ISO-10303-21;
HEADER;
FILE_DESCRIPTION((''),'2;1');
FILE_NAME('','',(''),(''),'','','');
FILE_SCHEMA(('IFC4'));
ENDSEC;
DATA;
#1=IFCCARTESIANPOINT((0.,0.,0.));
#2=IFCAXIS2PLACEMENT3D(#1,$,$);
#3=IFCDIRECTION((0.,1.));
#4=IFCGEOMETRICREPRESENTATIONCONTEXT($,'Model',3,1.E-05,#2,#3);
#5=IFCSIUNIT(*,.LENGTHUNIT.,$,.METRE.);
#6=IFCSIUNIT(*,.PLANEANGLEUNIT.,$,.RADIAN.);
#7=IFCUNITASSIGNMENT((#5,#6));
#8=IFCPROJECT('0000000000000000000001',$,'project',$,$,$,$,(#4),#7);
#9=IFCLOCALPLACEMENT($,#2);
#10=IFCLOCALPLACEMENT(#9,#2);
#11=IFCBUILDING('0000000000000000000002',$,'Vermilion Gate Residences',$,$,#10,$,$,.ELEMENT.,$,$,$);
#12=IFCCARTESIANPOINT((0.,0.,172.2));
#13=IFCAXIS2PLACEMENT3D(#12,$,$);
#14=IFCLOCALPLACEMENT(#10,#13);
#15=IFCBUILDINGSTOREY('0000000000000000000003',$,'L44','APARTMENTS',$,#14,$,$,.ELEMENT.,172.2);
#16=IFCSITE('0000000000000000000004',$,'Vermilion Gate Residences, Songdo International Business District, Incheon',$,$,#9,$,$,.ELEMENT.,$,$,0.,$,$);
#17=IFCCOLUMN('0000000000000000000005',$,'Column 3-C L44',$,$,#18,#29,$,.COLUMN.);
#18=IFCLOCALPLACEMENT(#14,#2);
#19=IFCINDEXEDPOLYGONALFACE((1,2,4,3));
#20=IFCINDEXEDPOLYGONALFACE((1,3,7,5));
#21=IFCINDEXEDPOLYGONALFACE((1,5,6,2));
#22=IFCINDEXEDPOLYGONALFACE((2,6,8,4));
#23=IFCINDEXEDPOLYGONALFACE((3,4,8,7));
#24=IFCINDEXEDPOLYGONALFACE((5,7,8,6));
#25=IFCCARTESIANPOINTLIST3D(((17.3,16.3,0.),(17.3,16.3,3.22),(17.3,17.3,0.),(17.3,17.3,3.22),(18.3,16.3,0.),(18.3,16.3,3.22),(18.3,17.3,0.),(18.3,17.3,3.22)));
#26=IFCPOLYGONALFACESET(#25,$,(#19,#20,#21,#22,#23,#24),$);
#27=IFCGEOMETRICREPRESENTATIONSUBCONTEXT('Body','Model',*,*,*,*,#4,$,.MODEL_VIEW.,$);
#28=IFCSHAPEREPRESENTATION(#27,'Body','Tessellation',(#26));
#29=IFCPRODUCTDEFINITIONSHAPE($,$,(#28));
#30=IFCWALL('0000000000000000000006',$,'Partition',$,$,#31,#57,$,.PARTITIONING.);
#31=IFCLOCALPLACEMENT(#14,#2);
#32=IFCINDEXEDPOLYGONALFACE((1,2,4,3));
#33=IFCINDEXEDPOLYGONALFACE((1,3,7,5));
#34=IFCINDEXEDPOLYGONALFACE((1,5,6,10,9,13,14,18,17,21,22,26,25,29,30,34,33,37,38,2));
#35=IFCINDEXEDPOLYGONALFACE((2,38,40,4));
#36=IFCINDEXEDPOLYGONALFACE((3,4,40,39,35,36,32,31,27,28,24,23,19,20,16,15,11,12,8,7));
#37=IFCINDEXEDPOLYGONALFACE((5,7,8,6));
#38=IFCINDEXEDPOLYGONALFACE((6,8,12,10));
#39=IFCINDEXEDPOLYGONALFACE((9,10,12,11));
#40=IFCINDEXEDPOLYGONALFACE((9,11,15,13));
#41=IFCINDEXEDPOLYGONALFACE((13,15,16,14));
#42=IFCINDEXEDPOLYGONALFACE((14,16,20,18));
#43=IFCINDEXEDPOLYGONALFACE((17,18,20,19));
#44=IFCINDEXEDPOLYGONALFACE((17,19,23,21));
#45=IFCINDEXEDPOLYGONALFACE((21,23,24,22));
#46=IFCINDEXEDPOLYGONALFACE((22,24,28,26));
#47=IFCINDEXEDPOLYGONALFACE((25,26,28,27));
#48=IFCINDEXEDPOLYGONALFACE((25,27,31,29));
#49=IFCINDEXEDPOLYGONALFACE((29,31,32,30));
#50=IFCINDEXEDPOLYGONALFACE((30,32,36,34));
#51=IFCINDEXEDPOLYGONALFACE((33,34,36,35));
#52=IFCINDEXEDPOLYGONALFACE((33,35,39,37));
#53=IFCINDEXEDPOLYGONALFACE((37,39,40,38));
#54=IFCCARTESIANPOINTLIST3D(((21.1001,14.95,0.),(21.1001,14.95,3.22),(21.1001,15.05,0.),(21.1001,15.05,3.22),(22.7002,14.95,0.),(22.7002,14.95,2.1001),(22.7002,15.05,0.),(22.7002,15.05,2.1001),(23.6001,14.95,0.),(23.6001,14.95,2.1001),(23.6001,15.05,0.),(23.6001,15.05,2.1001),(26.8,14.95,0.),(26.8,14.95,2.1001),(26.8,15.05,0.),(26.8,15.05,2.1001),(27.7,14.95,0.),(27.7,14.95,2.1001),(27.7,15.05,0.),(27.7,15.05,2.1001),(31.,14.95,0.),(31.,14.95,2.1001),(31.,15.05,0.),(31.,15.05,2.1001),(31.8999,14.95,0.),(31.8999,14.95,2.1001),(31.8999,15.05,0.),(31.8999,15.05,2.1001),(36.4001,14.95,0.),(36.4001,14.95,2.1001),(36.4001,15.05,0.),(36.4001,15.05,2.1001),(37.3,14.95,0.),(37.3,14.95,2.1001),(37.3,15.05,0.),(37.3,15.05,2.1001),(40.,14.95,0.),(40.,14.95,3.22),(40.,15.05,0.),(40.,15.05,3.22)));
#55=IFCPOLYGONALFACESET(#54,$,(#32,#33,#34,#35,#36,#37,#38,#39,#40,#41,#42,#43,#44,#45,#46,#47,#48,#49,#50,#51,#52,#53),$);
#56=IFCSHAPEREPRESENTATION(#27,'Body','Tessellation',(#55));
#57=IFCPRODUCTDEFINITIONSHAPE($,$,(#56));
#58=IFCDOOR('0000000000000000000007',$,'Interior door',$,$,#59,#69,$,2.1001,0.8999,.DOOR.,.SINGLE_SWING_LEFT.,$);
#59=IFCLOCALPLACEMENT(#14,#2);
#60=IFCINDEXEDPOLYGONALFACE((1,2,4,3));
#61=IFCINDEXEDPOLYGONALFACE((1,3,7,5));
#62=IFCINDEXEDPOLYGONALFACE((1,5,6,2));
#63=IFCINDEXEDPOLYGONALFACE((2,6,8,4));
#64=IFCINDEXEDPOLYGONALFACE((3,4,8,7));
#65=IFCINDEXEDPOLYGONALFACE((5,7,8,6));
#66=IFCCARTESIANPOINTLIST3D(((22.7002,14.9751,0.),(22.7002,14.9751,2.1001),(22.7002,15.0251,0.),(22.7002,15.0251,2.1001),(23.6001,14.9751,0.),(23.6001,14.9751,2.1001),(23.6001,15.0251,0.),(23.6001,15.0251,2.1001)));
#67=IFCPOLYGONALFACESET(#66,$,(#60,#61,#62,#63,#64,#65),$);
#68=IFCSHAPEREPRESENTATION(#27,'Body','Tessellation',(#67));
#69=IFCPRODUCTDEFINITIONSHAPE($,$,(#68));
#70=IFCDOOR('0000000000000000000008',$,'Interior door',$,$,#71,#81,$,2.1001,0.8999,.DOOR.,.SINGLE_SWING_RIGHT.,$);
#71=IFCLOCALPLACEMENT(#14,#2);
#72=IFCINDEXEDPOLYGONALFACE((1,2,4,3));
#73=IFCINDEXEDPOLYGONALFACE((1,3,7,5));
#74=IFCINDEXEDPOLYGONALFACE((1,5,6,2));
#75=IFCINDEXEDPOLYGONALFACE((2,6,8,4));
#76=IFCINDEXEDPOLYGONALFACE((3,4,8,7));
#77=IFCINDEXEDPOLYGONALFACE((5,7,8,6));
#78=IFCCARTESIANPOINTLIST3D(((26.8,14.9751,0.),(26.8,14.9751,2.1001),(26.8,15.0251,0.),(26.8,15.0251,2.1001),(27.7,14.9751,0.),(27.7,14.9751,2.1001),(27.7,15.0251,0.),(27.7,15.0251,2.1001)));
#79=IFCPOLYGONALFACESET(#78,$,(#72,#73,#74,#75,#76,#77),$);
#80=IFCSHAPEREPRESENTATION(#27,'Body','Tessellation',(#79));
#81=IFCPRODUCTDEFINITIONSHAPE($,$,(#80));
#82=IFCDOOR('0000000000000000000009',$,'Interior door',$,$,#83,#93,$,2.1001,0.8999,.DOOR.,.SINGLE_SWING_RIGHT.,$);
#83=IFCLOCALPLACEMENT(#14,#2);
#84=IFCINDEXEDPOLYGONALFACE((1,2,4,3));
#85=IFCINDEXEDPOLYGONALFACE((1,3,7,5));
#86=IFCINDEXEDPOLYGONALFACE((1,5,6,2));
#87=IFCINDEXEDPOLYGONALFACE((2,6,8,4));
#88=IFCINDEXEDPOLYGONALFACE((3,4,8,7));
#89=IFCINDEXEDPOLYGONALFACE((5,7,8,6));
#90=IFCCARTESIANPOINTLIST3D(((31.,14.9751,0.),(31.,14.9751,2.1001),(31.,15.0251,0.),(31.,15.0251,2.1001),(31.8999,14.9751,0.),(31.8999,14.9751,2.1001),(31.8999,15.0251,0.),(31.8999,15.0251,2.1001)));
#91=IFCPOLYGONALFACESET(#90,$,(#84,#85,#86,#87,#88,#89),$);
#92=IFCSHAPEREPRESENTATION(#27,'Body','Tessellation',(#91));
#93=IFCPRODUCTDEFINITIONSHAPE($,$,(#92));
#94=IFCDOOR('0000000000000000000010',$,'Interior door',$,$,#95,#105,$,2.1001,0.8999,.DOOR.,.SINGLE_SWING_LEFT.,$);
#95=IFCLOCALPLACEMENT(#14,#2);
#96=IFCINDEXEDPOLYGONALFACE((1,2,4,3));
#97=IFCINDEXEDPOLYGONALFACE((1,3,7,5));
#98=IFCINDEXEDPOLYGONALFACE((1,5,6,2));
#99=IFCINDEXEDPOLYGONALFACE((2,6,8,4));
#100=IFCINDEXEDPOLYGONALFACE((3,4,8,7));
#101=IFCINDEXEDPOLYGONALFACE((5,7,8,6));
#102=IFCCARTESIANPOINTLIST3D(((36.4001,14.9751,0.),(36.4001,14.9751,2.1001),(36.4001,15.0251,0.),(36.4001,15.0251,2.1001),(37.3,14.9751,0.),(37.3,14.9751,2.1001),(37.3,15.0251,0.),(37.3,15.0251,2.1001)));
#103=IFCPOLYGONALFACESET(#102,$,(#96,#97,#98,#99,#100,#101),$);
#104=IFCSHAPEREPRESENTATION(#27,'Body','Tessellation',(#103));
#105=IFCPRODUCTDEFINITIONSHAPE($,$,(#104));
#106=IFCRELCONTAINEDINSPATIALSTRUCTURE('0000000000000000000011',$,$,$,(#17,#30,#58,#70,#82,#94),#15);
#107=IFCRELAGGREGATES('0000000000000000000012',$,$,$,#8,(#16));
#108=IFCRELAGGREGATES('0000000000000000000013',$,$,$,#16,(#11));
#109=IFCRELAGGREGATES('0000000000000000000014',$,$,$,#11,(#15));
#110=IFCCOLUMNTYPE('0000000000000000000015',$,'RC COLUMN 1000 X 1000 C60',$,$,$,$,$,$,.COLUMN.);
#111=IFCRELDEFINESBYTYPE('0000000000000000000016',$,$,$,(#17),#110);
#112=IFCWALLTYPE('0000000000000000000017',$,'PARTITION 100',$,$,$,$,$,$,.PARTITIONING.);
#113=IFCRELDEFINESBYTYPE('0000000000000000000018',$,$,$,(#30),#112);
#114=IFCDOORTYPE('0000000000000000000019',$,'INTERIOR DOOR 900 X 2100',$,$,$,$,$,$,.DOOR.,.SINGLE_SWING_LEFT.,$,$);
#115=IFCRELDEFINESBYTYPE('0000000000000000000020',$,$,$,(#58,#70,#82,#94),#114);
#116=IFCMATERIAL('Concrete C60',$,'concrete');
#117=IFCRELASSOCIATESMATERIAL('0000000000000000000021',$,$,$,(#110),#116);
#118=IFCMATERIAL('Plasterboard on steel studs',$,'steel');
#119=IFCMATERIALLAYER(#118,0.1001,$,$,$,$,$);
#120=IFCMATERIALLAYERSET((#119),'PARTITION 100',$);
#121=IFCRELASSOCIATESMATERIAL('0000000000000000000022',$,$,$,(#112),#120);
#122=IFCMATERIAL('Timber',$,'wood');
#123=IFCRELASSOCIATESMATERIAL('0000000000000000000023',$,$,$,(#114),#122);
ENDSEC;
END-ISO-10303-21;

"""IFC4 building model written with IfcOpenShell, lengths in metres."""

from ifc_helpers import new_model, si_unit, direction, frame, frame_2d, origin, origin_2d, place, context, subcontext, project, spatial, rectangle, extrude, material, layer, layer_set, material_profile, profile_set, type_object, element, fill, save


model = new_model("IFC4")

# Units and contexts
model_context = context("Model", 3, precision=1e-05, world=origin(), true_north=direction((0.0, 1.0)))
body_context = subcontext(model_context, "Body", "Model", "MODEL_VIEW")
ifc_project = project(units=[si_unit("LENGTHUNIT", "METRE"), si_unit("PLANEANGLEUNIT", "RADIAN")], contexts=[model_context])

# Site, building, storey
site_placement = place(None, origin())
site = spatial("IfcSite", under=ifc_project, at=site_placement, Name="Vermilion Gate Residences, Songdo International Business District, Incheon", CompositionType="ELEMENT", RefElevation=0.0)
building_placement = place(site_placement, origin())
building = spatial("IfcBuilding", under=site, at=building_placement, Name="Vermilion Gate Residences", CompositionType="ELEMENT")
storey_placement = place(building_placement, frame((0.0, 0.0, 172.2)))
storey = spatial("IfcBuildingStorey", under=building, at=storey_placement, Name="L44", Description="APARTMENTS", CompositionType="ELEMENT", Elevation=172.2)

# Column
ifc_material_1 = material(Name="Concrete C60", Category="concrete")
ifc_material_profile = material_profile(ifc_material_1, rectangle(XDim=1.0, YDim=1.0, at=origin_2d()), Name="RC-1000x1000")
ifc_profile_set = profile_set([ifc_material_profile], Name="Concrete C60")
column_type = type_object("IfcColumnType", Name="RC COLUMN 1000 X 1000 C60", PredefinedType="COLUMN", material=ifc_profile_set)
column_placement = place(storey_placement, frame((17.8, 16.8, 0.0), z_axis=(0.0, 0.0, 1.0), x_axis=(1.0, 0.0, 0.0)))
element("IfcColumn", 1, at=column_placement, inside=storey, type_object=column_type, Name="Column 3-C L44", PredefinedType="COLUMN", context=body_context, shape_type="SweptSolid", body=[
    extrude(rectangle(XDim=1.0, YDim=1.0, at=origin_2d()), origin(), (0.0, 0.0, 1.0), 3.22),
])

# Wall, openings, doors
ifc_material_2 = material(Name="Plasterboard on steel studs", Category="steel")
ifc_layer_1 = layer(ifc_material_2, 0.1001)
ifc_layer_set_1 = layer_set([ifc_layer_1], Name="PARTITION 100")
wall_type_1 = type_object("IfcWallType", Name="PARTITION 100", PredefinedType="PARTITIONING", material=ifc_layer_set_1)
wall_1_placement = place(storey_placement, frame((21.1001, 15.0, 0.0), z_axis=(0.0, 0.0, 1.0), x_axis=(1.0, 0.0, 0.0)))
wall_1 = element("IfcWall", 2, at=wall_1_placement, inside=storey, type_object=wall_type_1, Name="Partition", PredefinedType="PARTITIONING", context=body_context, shape_type="SweptSolid", body=[
    extrude(rectangle(XDim=18.8999, YDim=0.1001, at=frame_2d((9.45, 0.0))), origin(), (0.0, 0.0, 1.0), 3.22),
])
opening_1_placement = place(wall_1_placement, frame((1.6001, 0.0, 0.0)))
opening_1 = element("IfcOpeningElement", 3, at=opening_1_placement, cuts=wall_1, PredefinedType="OPENING", context=body_context, shape_type="SweptSolid", body=[
    extrude(rectangle(XDim=0.8999, YDim=2.1001, at=frame_2d((0.45, 1.05))), frame((0.0, 0.0601, 0.0), z_axis=(0.0, -1.0, 0.0), x_axis=(1.0, 0.0, 0.0)), (0.0, 0.0, 1.0), 0.1201),
])
opening_2_placement = place(wall_1_placement, frame((5.7, 0.0, 0.0)))
opening_2 = element("IfcOpeningElement", 4, at=opening_2_placement, cuts=wall_1, PredefinedType="OPENING", context=body_context, shape_type="SweptSolid", body=[
    extrude(rectangle(XDim=0.8999, YDim=2.1001, at=frame_2d((0.45, 1.05))), frame((0.0, 0.0601, 0.0), z_axis=(0.0, -1.0, 0.0), x_axis=(1.0, 0.0, 0.0)), (0.0, 0.0, 1.0), 0.1201),
])
opening_3_placement = place(wall_1_placement, frame((9.8999, 0.0, 0.0)))
opening_3 = element("IfcOpeningElement", 5, at=opening_3_placement, cuts=wall_1, PredefinedType="OPENING", context=body_context, shape_type="SweptSolid", body=[
    extrude(rectangle(XDim=0.8999, YDim=2.1001, at=frame_2d((0.45, 1.05))), frame((0.0, 0.0601, 0.0), z_axis=(0.0, -1.0, 0.0), x_axis=(1.0, 0.0, 0.0)), (0.0, 0.0, 1.0), 0.1201),
])
opening_4_placement = place(wall_1_placement, frame((15.3, 0.0, 0.0)))
opening_4 = element("IfcOpeningElement", 6, at=opening_4_placement, cuts=wall_1, PredefinedType="OPENING", context=body_context, shape_type="SweptSolid", body=[
    extrude(rectangle(XDim=0.8999, YDim=2.1001, at=frame_2d((0.45, 1.05))), frame((0.0, 0.0601, 0.0), z_axis=(0.0, -1.0, 0.0), x_axis=(1.0, 0.0, 0.0)), (0.0, 0.0, 1.0), 0.1201),
])
ifc_material_3 = material(Name="Timber", Category="wood")
door_type_1 = type_object("IfcDoorType", Name="INTERIOR DOOR 900 X 2100", OperationType="SINGLE_SWING_LEFT", PredefinedType="DOOR", material=ifc_material_3)
door_1_placement = place(opening_1_placement, frame((0.8999, 0.0, 0.0), z_axis=(0.0, 0.0, 1.0), x_axis=(-1.0, 0.0, 0.0)))
door_1 = element("IfcDoor", 7, at=door_1_placement, inside=storey, type_object=door_type_1, Name="Interior door", OperationType="SINGLE_SWING_LEFT", OverallHeight=2.1001, OverallWidth=0.8999, PredefinedType="DOOR", context=body_context, shape_type="SweptSolid", body=[
    extrude(rectangle(XDim=0.8999, YDim=2.1001, at=frame_2d((0.45, 1.05))), frame((0.0, 0.0249, 0.0), z_axis=(0.0, -1.0, 0.0), x_axis=(1.0, 0.0, 0.0)), (0.0, 0.0, 1.0), 0.05),
])
fill(opening_1, door_1)
door_2_placement = place(opening_2_placement, frame((0.8999, 0.0, 0.0), z_axis=(0.0, 0.0, 1.0), x_axis=(-1.0, 0.0, 0.0)))
door_2 = element("IfcDoor", 8, at=door_2_placement, inside=storey, type_object=door_type_1, Name="Interior door", OperationType="SINGLE_SWING_RIGHT", OverallHeight=2.1001, OverallWidth=0.8999, PredefinedType="DOOR", context=body_context, shape_type="SweptSolid", body=[
    extrude(rectangle(XDim=0.8999, YDim=2.1001, at=frame_2d((0.45, 1.05))), frame((0.0, 0.0249, 0.0), z_axis=(0.0, -1.0, 0.0), x_axis=(1.0, 0.0, 0.0)), (0.0, 0.0, 1.0), 0.05),
])
fill(opening_2, door_2)
door_3_placement = place(opening_3_placement, frame((0.8999, 0.0, 0.0), z_axis=(0.0, 0.0, 1.0), x_axis=(-1.0, 0.0, 0.0)))
door_3 = element("IfcDoor", 9, at=door_3_placement, inside=storey, type_object=door_type_1, Name="Interior door", OperationType="SINGLE_SWING_RIGHT", OverallHeight=2.1001, OverallWidth=0.8999, PredefinedType="DOOR", context=body_context, shape_type="SweptSolid", body=[
    extrude(rectangle(XDim=0.8999, YDim=2.1001, at=frame_2d((0.45, 1.05))), frame((0.0, 0.0249, 0.0), z_axis=(0.0, -1.0, 0.0), x_axis=(1.0, 0.0, 0.0)), (0.0, 0.0, 1.0), 0.05),
])
fill(opening_3, door_3)
door_4_placement = place(opening_4_placement, frame((0.8999, 0.0, 0.0), z_axis=(0.0, 0.0, 1.0), x_axis=(-1.0, 0.0, 0.0)))
door_4 = element("IfcDoor", 10, at=door_4_placement, inside=storey, type_object=door_type_1, Name="Interior door", OperationType="SINGLE_SWING_LEFT", OverallHeight=2.1001, OverallWidth=0.8999, PredefinedType="DOOR", context=body_context, shape_type="SweptSolid", body=[
    extrude(rectangle(XDim=0.8999, YDim=2.1001, at=frame_2d((0.45, 1.05))), frame((0.0, 0.0249, 0.0), z_axis=(0.0, -1.0, 0.0), x_axis=(1.0, 0.0, 0.0)), (0.0, 0.0, 1.0), 0.05),
])
fill(opening_4, door_4)

save(model, "model.ifc")
